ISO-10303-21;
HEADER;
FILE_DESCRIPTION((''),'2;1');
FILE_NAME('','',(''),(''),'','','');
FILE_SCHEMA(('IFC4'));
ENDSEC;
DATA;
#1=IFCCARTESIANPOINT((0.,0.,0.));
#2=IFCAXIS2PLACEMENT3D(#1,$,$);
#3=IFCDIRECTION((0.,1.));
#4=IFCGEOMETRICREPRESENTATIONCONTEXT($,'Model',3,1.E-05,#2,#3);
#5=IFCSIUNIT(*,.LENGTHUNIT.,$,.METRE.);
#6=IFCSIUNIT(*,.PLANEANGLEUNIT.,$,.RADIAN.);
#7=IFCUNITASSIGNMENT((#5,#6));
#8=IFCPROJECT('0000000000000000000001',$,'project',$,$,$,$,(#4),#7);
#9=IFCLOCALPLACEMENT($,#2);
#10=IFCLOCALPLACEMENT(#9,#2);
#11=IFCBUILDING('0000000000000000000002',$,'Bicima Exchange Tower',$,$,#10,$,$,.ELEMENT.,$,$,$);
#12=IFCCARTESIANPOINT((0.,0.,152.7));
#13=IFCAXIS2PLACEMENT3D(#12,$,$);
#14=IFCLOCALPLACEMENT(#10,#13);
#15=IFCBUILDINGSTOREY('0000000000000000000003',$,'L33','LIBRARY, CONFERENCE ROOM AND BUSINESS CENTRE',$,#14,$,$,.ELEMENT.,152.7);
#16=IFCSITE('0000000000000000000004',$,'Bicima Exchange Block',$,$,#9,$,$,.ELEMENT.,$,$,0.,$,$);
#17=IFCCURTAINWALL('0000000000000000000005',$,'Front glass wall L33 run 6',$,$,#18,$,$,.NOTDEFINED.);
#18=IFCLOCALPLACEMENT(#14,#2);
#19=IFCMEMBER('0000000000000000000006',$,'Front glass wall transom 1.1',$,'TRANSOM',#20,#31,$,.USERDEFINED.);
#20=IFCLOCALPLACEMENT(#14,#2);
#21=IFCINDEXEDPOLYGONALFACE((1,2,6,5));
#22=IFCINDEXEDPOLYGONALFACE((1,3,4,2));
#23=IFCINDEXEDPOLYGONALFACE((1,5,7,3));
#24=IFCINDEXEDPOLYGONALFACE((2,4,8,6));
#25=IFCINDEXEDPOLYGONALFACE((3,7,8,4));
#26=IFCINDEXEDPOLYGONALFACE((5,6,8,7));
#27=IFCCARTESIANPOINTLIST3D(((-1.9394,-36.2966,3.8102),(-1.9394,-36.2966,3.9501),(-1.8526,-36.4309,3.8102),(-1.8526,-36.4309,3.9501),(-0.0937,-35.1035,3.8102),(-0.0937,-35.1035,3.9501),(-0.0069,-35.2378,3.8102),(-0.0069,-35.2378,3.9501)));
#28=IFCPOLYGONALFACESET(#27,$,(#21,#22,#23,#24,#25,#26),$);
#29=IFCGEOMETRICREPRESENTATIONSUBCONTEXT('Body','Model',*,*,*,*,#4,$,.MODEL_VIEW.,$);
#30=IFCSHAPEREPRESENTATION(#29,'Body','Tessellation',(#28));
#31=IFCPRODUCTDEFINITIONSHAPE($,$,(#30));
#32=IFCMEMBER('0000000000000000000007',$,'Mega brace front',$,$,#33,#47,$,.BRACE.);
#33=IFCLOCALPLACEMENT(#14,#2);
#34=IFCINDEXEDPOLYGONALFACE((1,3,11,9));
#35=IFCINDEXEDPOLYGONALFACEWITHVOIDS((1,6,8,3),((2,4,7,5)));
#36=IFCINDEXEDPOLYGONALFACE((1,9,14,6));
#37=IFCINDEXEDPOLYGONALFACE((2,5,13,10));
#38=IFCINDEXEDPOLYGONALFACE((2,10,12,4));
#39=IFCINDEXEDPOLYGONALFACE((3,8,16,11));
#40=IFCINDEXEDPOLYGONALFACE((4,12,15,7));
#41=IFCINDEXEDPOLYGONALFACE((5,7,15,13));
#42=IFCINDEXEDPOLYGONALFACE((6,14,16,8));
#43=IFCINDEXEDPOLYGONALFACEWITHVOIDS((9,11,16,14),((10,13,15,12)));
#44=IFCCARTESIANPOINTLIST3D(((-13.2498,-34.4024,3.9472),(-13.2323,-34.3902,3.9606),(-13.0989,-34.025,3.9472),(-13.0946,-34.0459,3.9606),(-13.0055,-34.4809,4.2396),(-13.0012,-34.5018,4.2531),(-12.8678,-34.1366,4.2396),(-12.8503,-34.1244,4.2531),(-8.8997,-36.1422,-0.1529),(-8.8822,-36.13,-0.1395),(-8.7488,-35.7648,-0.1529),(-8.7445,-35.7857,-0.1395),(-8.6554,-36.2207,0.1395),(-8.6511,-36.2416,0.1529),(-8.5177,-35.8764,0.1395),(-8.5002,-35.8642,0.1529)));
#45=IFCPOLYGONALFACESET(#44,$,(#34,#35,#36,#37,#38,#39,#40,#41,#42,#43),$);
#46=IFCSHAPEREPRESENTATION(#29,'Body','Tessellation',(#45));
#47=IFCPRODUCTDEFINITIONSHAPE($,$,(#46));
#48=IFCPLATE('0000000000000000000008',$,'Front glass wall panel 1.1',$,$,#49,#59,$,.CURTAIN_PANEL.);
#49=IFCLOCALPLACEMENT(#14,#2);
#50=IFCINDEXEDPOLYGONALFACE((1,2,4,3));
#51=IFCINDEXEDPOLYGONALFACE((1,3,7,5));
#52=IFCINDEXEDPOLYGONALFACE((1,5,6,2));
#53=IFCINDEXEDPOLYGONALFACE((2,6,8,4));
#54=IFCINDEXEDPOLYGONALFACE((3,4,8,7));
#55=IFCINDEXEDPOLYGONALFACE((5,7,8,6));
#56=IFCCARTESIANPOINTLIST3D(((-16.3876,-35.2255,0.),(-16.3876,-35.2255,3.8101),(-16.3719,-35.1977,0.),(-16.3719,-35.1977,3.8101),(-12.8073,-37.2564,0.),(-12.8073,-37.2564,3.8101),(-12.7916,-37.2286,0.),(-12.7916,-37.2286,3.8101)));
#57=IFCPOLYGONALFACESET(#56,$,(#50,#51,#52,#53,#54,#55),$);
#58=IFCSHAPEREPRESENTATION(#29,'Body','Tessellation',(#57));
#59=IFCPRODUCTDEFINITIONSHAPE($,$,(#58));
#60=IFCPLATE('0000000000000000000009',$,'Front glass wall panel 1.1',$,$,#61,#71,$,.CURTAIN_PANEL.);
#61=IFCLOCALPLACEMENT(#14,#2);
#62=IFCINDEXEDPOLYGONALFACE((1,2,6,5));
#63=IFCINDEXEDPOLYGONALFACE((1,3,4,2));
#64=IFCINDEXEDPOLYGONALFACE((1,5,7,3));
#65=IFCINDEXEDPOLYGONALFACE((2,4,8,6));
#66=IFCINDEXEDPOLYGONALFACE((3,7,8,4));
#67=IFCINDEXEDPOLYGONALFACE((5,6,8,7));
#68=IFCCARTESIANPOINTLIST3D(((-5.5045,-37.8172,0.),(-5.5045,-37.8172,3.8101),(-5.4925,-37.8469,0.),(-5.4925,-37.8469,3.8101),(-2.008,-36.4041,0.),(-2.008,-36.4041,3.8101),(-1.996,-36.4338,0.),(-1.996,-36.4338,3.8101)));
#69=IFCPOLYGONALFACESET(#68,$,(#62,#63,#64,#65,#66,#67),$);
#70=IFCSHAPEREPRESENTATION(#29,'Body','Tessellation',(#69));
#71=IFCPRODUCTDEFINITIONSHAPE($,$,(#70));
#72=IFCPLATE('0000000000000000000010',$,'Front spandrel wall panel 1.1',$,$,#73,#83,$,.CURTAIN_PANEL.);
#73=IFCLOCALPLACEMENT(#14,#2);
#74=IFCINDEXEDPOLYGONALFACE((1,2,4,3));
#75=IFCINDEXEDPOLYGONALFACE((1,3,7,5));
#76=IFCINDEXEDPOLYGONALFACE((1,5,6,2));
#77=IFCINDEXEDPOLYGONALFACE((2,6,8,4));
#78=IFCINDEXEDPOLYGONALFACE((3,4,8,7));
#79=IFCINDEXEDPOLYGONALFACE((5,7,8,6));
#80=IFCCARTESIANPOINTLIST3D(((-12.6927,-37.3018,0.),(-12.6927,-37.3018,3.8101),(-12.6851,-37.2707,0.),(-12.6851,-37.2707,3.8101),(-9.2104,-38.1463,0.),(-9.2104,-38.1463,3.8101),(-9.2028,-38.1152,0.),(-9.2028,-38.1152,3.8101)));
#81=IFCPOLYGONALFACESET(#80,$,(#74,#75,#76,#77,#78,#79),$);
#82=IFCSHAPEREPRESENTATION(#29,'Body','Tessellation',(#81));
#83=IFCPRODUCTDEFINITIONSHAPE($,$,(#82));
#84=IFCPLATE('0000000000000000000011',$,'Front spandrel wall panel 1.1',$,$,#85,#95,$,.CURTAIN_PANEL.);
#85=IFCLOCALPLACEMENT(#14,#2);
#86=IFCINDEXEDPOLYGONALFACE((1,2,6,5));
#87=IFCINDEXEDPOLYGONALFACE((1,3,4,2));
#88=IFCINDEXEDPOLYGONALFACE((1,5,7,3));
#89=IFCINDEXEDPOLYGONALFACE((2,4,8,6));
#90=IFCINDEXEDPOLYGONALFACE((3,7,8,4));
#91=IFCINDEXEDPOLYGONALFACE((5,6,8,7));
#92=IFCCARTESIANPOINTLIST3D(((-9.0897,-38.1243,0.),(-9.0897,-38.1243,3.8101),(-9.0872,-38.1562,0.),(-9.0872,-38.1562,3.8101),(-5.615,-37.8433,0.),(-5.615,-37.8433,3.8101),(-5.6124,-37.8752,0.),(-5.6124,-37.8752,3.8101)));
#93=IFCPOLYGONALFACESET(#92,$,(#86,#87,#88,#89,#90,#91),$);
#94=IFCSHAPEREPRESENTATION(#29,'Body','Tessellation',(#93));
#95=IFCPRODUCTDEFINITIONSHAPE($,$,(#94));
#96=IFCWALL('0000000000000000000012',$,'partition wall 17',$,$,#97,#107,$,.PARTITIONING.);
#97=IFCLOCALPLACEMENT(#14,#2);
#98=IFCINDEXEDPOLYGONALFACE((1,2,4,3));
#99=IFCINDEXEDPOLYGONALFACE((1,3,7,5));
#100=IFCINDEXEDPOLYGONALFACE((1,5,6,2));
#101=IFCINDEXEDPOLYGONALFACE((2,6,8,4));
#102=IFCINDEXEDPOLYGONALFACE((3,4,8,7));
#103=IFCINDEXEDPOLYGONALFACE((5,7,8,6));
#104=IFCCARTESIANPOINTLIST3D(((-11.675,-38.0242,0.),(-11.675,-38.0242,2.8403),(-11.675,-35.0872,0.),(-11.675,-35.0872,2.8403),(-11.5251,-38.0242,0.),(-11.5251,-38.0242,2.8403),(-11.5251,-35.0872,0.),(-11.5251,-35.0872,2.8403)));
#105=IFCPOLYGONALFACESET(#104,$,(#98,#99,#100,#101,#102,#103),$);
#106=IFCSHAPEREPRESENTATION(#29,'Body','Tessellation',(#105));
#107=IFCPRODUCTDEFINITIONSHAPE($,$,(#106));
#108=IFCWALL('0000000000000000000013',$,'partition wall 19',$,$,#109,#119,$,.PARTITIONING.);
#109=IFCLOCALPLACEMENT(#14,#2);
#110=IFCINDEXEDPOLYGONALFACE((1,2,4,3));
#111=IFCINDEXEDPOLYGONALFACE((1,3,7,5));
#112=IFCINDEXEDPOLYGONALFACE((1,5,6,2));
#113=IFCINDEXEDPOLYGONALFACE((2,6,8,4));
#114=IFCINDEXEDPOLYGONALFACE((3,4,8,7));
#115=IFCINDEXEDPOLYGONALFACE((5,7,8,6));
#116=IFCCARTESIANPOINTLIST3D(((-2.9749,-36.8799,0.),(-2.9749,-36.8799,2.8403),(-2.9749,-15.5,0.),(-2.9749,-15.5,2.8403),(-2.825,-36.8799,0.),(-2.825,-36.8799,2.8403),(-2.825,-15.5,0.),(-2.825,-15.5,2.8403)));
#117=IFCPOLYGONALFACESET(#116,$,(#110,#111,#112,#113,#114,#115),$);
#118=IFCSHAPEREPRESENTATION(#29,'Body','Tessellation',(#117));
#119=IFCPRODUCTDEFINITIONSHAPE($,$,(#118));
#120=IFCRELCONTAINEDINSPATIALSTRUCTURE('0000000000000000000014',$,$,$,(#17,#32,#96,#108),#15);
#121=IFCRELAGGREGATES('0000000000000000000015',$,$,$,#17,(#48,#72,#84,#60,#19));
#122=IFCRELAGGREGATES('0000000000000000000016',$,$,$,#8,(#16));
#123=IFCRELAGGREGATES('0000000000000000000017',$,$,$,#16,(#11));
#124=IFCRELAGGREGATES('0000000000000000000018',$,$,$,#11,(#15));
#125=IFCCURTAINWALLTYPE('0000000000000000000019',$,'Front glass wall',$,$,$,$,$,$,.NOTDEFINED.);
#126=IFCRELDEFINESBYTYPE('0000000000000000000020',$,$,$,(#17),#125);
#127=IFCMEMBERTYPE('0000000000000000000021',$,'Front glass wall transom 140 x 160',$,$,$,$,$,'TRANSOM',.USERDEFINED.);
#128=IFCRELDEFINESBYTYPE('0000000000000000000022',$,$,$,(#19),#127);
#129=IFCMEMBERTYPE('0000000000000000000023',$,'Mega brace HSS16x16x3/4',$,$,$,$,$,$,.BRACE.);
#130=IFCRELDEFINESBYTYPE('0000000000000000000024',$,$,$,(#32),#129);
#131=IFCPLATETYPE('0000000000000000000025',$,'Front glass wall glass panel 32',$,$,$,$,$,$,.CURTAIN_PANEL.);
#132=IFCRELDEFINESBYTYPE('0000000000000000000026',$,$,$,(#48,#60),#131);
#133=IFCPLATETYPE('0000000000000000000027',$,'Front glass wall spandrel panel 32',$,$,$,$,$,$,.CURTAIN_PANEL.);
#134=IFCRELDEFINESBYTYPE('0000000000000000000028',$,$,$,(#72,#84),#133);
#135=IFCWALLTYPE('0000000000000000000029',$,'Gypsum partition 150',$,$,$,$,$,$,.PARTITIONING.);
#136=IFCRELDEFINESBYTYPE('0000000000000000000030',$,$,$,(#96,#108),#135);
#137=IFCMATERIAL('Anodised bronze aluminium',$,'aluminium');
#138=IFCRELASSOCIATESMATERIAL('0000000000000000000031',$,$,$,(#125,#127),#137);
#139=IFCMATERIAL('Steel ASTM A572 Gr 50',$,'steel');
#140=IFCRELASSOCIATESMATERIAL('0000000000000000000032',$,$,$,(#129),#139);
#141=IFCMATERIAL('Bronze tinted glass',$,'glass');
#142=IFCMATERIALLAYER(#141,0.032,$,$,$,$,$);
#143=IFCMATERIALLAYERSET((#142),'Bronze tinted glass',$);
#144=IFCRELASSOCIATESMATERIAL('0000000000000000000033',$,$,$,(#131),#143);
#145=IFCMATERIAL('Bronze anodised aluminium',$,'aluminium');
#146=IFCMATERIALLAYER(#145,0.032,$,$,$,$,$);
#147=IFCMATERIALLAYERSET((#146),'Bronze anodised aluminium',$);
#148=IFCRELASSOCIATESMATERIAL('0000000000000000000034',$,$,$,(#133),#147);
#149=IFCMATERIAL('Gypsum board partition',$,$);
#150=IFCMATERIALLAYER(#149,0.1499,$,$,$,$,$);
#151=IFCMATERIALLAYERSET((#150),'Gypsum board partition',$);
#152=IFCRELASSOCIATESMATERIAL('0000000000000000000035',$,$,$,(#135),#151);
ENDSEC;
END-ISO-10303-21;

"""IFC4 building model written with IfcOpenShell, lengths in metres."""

from ifc_helpers import new_model, si_unit, direction, frame, frame_2d, origin, origin_2d, place, context, subcontext, project, spatial, rectangle, hollow_rectangle, extrude, material, layer, layer_set, material_profile, profile_set, type_object, element, aggregate, save


model = new_model("IFC4")

# Units and contexts
model_context = context("Model", 3, precision=1e-05, world=origin(), true_north=direction((0.0, 1.0)))
body_context = subcontext(model_context, "Body", "Model", "MODEL_VIEW")
ifc_project = project(units=[si_unit("LENGTHUNIT", "METRE"), si_unit("PLANEANGLEUNIT", "RADIAN")], contexts=[model_context])

# Site, building, storey
site_placement = place(None, origin())
site = spatial("IfcSite", under=ifc_project, at=site_placement, Name="Bicima Exchange Block", CompositionType="ELEMENT", RefElevation=0.0)
building_placement = place(site_placement, origin())
building = spatial("IfcBuilding", under=site, at=building_placement, Name="Bicima Exchange Tower", CompositionType="ELEMENT")
storey_placement = place(building_placement, frame((0.0, 0.0, 152.7)))
storey = spatial("IfcBuildingStorey", under=building, at=storey_placement, Name="L33", Description="LIBRARY, CONFERENCE ROOM AND BUSINESS CENTRE", CompositionType="ELEMENT", Elevation=152.7)

# Shared definitions
ifc_material_1 = material(Name="Steel ASTM A572 Gr 50", Category="steel")

# Curtain wall, member
ifc_material_2 = material(Name="Anodised bronze aluminium", Category="aluminium")
curtain_wall_type = type_object("IfcCurtainWallType", Name="Front glass wall", PredefinedType="NOTDEFINED", material=ifc_material_2)
curtain_wall_placement = place(storey_placement, origin())
curtain_wall = element("IfcCurtainWall", 1, at=curtain_wall_placement, inside=storey, type_object=curtain_wall_type, Name="Front glass wall L33 run 6", PredefinedType="NOTDEFINED")
ifc_material_profile_1 = material_profile(ifc_material_2, rectangle(XDim=0.1599, YDim=0.1399, at=origin_2d()))
ifc_profile_set_1 = profile_set([ifc_material_profile_1], Name="Anodised bronze aluminium")
member_type_1 = type_object("IfcMemberType", Name="Front glass wall transom 140 x 160", ElementType="TRANSOM", PredefinedType="USERDEFINED", material=ifc_profile_set_1)
member_1_placement = place(storey_placement, frame((-1.896, -36.3638, 3.8801), z_axis=(0.839811, 0.542878, 0.0), x_axis=(-0.542878, 0.839811, 0.0)))
member_1 = element("IfcMember", 2, at=member_1_placement, type_object=member_type_1, Name="Front glass wall transom 1.1", ObjectType="TRANSOM", PredefinedType="USERDEFINED", context=body_context, shape_type="SweptSolid", body=[
    extrude(rectangle(XDim=0.1599, YDim=0.1399, at=origin_2d()), origin(), (0.0, 0.0, 1.0), 2.1978),
])

# Member
ifc_material_profile_2 = material_profile(ifc_material_1, hollow_rectangle(XDim=0.4065, YDim=0.4065, WallThickness=0.0178, at=origin_2d()))
ifc_profile_set_2 = profile_set([ifc_material_profile_2], Name="Steel ASTM A572 Gr 50")
member_type_2 = type_object("IfcMemberType", Name="Mega brace HSS16x16x3/4", PredefinedType="BRACE", material=ifc_profile_set_2)
member_2_placement = place(storey_placement, frame((-8.7, -36.0032, 0.0), z_axis=(-0.698719, 0.27944, 0.658563), x_axis=(-0.371337, -0.928498, 0.0)))
element("IfcMember", 3, at=member_2_placement, inside=storey, type_object=member_type_2, Name="Mega brace front", PredefinedType="BRACE", context=body_context, shape_type="SweptSolid", body=[
    extrude(hollow_rectangle(XDim=0.4065, YDim=0.4065, WallThickness=0.0178, at=origin_2d()), origin(), (0.0, 0.0, 1.0), 6.2258),
])

# Plates
ifc_material_3 = material(Name="Bronze tinted glass", Category="glass")
ifc_layer_1 = layer(ifc_material_3, 0.032)
ifc_layer_set_1 = layer_set([ifc_layer_1], Name="Bronze tinted glass")
plate_type_1 = type_object("IfcPlateType", Name="Front glass wall glass panel 32", PredefinedType="CURTAIN_PANEL", material=ifc_layer_set_1)
plate_1_placement = place(storey_placement, frame((-14.5896, -36.2271, 0.0), z_axis=(0.0, 0.0, 1.0), x_axis=(0.869805, -0.493395, 0.0)))
plate_1 = element("IfcPlate", 4, at=plate_1_placement, type_object=plate_type_1, Name="Front glass wall panel 1.1", PredefinedType="CURTAIN_PANEL", context=body_context, shape_type="SweptSolid", body=[
    extrude(rectangle(XDim=4.1162, YDim=0.032, at=origin_2d()), origin(), (0.0, 0.0, 1.0), 3.8101),
])
plate_2_placement = place(storey_placement, frame((-3.7502, -37.1255, 0.0), z_axis=(0.0, 0.0, 1.0), x_axis=(0.927144, 0.374705, 0.0)))
plate_2 = element("IfcPlate", 5, at=plate_2_placement, type_object=plate_type_1, Name="Front glass wall panel 1.1", PredefinedType="CURTAIN_PANEL", context=body_context, shape_type="SweptSolid", body=[
    extrude(rectangle(XDim=3.7712, YDim=0.032, at=origin_2d()), origin(), (0.0, 0.0, 1.0), 3.8101),
])
ifc_material_4 = material(Name="Bronze anodised aluminium", Category="aluminium")
ifc_layer_2 = layer(ifc_material_4, 0.032)
ifc_layer_set_2 = layer_set([ifc_layer_2], Name="Bronze anodised aluminium")
plate_type_2 = type_object("IfcPlateType", Name="Front glass wall spandrel panel 32", PredefinedType="CURTAIN_PANEL", material=ifc_layer_set_2)
plate_3_placement = place(storey_placement, frame((-10.9478, -37.7085, 0.0), z_axis=(0.0, 0.0, 1.0), x_axis=(0.97183, -0.235682, 0.0)))
plate_3 = element("IfcPlate", 6, at=plate_3_placement, type_object=plate_type_2, Name="Front spandrel wall panel 1.1", PredefinedType="CURTAIN_PANEL", context=body_context, shape_type="SweptSolid", body=[
    extrude(rectangle(XDim=3.5833, YDim=0.032, at=origin_2d()), origin(), (0.0, 0.0, 1.0), 3.8101),
])
plate_4_placement = place(storey_placement, frame((-7.3511, -37.9998, 0.0), z_axis=(0.0, 0.0, 1.0), x_axis=(0.996747, 0.080589, 0.0)))
plate_4 = element("IfcPlate", 7, at=plate_4_placement, type_object=plate_type_2, Name="Front spandrel wall panel 1.1", PredefinedType="CURTAIN_PANEL", context=body_context, shape_type="SweptSolid", body=[
    extrude(rectangle(XDim=3.4861, YDim=0.032, at=origin_2d()), origin(), (0.0, 0.0, 1.0), 3.8101),
])
aggregate(curtain_wall, [plate_1, plate_3, plate_4, plate_2, member_1])

# Walls
ifc_material_5 = material(Name="Gypsum board partition")
ifc_layer_3 = layer(ifc_material_5, 0.1499)
ifc_layer_set_3 = layer_set([ifc_layer_3], Name="Gypsum board partition")
wall_type = type_object("IfcWallType", Name="Gypsum partition 150", PredefinedType="PARTITIONING", material=ifc_layer_set_3)
wall_1_placement = place(storey_placement, frame((-11.6001, -38.0242, 0.0), z_axis=(0.0, 0.0, 1.0), x_axis=(0.0, 1.0, 0.0)))
element("IfcWall", 8, at=wall_1_placement, inside=storey, type_object=wall_type, Name="partition wall 17", PredefinedType="PARTITIONING", context=body_context, shape_type="SweptSolid", body=[
    extrude(rectangle(XDim=2.937, YDim=0.1499, at=frame_2d((1.4685, 0.0))), origin(), (0.0, 0.0, 1.0), 2.8403),
])
wall_2_placement = place(storey_placement, frame((-2.8999, -36.8799, 0.0), z_axis=(0.0, 0.0, 1.0), x_axis=(0.0, 1.0, 0.0)))
element("IfcWall", 9, at=wall_2_placement, inside=storey, type_object=wall_type, Name="partition wall 19", PredefinedType="PARTITIONING", context=body_context, shape_type="SweptSolid", body=[
    extrude(rectangle(XDim=21.3799, YDim=0.1499, at=frame_2d((10.6899, 0.0))), origin(), (0.0, 0.0, 1.0), 2.8403),
])

save(model, "model.ifc")
